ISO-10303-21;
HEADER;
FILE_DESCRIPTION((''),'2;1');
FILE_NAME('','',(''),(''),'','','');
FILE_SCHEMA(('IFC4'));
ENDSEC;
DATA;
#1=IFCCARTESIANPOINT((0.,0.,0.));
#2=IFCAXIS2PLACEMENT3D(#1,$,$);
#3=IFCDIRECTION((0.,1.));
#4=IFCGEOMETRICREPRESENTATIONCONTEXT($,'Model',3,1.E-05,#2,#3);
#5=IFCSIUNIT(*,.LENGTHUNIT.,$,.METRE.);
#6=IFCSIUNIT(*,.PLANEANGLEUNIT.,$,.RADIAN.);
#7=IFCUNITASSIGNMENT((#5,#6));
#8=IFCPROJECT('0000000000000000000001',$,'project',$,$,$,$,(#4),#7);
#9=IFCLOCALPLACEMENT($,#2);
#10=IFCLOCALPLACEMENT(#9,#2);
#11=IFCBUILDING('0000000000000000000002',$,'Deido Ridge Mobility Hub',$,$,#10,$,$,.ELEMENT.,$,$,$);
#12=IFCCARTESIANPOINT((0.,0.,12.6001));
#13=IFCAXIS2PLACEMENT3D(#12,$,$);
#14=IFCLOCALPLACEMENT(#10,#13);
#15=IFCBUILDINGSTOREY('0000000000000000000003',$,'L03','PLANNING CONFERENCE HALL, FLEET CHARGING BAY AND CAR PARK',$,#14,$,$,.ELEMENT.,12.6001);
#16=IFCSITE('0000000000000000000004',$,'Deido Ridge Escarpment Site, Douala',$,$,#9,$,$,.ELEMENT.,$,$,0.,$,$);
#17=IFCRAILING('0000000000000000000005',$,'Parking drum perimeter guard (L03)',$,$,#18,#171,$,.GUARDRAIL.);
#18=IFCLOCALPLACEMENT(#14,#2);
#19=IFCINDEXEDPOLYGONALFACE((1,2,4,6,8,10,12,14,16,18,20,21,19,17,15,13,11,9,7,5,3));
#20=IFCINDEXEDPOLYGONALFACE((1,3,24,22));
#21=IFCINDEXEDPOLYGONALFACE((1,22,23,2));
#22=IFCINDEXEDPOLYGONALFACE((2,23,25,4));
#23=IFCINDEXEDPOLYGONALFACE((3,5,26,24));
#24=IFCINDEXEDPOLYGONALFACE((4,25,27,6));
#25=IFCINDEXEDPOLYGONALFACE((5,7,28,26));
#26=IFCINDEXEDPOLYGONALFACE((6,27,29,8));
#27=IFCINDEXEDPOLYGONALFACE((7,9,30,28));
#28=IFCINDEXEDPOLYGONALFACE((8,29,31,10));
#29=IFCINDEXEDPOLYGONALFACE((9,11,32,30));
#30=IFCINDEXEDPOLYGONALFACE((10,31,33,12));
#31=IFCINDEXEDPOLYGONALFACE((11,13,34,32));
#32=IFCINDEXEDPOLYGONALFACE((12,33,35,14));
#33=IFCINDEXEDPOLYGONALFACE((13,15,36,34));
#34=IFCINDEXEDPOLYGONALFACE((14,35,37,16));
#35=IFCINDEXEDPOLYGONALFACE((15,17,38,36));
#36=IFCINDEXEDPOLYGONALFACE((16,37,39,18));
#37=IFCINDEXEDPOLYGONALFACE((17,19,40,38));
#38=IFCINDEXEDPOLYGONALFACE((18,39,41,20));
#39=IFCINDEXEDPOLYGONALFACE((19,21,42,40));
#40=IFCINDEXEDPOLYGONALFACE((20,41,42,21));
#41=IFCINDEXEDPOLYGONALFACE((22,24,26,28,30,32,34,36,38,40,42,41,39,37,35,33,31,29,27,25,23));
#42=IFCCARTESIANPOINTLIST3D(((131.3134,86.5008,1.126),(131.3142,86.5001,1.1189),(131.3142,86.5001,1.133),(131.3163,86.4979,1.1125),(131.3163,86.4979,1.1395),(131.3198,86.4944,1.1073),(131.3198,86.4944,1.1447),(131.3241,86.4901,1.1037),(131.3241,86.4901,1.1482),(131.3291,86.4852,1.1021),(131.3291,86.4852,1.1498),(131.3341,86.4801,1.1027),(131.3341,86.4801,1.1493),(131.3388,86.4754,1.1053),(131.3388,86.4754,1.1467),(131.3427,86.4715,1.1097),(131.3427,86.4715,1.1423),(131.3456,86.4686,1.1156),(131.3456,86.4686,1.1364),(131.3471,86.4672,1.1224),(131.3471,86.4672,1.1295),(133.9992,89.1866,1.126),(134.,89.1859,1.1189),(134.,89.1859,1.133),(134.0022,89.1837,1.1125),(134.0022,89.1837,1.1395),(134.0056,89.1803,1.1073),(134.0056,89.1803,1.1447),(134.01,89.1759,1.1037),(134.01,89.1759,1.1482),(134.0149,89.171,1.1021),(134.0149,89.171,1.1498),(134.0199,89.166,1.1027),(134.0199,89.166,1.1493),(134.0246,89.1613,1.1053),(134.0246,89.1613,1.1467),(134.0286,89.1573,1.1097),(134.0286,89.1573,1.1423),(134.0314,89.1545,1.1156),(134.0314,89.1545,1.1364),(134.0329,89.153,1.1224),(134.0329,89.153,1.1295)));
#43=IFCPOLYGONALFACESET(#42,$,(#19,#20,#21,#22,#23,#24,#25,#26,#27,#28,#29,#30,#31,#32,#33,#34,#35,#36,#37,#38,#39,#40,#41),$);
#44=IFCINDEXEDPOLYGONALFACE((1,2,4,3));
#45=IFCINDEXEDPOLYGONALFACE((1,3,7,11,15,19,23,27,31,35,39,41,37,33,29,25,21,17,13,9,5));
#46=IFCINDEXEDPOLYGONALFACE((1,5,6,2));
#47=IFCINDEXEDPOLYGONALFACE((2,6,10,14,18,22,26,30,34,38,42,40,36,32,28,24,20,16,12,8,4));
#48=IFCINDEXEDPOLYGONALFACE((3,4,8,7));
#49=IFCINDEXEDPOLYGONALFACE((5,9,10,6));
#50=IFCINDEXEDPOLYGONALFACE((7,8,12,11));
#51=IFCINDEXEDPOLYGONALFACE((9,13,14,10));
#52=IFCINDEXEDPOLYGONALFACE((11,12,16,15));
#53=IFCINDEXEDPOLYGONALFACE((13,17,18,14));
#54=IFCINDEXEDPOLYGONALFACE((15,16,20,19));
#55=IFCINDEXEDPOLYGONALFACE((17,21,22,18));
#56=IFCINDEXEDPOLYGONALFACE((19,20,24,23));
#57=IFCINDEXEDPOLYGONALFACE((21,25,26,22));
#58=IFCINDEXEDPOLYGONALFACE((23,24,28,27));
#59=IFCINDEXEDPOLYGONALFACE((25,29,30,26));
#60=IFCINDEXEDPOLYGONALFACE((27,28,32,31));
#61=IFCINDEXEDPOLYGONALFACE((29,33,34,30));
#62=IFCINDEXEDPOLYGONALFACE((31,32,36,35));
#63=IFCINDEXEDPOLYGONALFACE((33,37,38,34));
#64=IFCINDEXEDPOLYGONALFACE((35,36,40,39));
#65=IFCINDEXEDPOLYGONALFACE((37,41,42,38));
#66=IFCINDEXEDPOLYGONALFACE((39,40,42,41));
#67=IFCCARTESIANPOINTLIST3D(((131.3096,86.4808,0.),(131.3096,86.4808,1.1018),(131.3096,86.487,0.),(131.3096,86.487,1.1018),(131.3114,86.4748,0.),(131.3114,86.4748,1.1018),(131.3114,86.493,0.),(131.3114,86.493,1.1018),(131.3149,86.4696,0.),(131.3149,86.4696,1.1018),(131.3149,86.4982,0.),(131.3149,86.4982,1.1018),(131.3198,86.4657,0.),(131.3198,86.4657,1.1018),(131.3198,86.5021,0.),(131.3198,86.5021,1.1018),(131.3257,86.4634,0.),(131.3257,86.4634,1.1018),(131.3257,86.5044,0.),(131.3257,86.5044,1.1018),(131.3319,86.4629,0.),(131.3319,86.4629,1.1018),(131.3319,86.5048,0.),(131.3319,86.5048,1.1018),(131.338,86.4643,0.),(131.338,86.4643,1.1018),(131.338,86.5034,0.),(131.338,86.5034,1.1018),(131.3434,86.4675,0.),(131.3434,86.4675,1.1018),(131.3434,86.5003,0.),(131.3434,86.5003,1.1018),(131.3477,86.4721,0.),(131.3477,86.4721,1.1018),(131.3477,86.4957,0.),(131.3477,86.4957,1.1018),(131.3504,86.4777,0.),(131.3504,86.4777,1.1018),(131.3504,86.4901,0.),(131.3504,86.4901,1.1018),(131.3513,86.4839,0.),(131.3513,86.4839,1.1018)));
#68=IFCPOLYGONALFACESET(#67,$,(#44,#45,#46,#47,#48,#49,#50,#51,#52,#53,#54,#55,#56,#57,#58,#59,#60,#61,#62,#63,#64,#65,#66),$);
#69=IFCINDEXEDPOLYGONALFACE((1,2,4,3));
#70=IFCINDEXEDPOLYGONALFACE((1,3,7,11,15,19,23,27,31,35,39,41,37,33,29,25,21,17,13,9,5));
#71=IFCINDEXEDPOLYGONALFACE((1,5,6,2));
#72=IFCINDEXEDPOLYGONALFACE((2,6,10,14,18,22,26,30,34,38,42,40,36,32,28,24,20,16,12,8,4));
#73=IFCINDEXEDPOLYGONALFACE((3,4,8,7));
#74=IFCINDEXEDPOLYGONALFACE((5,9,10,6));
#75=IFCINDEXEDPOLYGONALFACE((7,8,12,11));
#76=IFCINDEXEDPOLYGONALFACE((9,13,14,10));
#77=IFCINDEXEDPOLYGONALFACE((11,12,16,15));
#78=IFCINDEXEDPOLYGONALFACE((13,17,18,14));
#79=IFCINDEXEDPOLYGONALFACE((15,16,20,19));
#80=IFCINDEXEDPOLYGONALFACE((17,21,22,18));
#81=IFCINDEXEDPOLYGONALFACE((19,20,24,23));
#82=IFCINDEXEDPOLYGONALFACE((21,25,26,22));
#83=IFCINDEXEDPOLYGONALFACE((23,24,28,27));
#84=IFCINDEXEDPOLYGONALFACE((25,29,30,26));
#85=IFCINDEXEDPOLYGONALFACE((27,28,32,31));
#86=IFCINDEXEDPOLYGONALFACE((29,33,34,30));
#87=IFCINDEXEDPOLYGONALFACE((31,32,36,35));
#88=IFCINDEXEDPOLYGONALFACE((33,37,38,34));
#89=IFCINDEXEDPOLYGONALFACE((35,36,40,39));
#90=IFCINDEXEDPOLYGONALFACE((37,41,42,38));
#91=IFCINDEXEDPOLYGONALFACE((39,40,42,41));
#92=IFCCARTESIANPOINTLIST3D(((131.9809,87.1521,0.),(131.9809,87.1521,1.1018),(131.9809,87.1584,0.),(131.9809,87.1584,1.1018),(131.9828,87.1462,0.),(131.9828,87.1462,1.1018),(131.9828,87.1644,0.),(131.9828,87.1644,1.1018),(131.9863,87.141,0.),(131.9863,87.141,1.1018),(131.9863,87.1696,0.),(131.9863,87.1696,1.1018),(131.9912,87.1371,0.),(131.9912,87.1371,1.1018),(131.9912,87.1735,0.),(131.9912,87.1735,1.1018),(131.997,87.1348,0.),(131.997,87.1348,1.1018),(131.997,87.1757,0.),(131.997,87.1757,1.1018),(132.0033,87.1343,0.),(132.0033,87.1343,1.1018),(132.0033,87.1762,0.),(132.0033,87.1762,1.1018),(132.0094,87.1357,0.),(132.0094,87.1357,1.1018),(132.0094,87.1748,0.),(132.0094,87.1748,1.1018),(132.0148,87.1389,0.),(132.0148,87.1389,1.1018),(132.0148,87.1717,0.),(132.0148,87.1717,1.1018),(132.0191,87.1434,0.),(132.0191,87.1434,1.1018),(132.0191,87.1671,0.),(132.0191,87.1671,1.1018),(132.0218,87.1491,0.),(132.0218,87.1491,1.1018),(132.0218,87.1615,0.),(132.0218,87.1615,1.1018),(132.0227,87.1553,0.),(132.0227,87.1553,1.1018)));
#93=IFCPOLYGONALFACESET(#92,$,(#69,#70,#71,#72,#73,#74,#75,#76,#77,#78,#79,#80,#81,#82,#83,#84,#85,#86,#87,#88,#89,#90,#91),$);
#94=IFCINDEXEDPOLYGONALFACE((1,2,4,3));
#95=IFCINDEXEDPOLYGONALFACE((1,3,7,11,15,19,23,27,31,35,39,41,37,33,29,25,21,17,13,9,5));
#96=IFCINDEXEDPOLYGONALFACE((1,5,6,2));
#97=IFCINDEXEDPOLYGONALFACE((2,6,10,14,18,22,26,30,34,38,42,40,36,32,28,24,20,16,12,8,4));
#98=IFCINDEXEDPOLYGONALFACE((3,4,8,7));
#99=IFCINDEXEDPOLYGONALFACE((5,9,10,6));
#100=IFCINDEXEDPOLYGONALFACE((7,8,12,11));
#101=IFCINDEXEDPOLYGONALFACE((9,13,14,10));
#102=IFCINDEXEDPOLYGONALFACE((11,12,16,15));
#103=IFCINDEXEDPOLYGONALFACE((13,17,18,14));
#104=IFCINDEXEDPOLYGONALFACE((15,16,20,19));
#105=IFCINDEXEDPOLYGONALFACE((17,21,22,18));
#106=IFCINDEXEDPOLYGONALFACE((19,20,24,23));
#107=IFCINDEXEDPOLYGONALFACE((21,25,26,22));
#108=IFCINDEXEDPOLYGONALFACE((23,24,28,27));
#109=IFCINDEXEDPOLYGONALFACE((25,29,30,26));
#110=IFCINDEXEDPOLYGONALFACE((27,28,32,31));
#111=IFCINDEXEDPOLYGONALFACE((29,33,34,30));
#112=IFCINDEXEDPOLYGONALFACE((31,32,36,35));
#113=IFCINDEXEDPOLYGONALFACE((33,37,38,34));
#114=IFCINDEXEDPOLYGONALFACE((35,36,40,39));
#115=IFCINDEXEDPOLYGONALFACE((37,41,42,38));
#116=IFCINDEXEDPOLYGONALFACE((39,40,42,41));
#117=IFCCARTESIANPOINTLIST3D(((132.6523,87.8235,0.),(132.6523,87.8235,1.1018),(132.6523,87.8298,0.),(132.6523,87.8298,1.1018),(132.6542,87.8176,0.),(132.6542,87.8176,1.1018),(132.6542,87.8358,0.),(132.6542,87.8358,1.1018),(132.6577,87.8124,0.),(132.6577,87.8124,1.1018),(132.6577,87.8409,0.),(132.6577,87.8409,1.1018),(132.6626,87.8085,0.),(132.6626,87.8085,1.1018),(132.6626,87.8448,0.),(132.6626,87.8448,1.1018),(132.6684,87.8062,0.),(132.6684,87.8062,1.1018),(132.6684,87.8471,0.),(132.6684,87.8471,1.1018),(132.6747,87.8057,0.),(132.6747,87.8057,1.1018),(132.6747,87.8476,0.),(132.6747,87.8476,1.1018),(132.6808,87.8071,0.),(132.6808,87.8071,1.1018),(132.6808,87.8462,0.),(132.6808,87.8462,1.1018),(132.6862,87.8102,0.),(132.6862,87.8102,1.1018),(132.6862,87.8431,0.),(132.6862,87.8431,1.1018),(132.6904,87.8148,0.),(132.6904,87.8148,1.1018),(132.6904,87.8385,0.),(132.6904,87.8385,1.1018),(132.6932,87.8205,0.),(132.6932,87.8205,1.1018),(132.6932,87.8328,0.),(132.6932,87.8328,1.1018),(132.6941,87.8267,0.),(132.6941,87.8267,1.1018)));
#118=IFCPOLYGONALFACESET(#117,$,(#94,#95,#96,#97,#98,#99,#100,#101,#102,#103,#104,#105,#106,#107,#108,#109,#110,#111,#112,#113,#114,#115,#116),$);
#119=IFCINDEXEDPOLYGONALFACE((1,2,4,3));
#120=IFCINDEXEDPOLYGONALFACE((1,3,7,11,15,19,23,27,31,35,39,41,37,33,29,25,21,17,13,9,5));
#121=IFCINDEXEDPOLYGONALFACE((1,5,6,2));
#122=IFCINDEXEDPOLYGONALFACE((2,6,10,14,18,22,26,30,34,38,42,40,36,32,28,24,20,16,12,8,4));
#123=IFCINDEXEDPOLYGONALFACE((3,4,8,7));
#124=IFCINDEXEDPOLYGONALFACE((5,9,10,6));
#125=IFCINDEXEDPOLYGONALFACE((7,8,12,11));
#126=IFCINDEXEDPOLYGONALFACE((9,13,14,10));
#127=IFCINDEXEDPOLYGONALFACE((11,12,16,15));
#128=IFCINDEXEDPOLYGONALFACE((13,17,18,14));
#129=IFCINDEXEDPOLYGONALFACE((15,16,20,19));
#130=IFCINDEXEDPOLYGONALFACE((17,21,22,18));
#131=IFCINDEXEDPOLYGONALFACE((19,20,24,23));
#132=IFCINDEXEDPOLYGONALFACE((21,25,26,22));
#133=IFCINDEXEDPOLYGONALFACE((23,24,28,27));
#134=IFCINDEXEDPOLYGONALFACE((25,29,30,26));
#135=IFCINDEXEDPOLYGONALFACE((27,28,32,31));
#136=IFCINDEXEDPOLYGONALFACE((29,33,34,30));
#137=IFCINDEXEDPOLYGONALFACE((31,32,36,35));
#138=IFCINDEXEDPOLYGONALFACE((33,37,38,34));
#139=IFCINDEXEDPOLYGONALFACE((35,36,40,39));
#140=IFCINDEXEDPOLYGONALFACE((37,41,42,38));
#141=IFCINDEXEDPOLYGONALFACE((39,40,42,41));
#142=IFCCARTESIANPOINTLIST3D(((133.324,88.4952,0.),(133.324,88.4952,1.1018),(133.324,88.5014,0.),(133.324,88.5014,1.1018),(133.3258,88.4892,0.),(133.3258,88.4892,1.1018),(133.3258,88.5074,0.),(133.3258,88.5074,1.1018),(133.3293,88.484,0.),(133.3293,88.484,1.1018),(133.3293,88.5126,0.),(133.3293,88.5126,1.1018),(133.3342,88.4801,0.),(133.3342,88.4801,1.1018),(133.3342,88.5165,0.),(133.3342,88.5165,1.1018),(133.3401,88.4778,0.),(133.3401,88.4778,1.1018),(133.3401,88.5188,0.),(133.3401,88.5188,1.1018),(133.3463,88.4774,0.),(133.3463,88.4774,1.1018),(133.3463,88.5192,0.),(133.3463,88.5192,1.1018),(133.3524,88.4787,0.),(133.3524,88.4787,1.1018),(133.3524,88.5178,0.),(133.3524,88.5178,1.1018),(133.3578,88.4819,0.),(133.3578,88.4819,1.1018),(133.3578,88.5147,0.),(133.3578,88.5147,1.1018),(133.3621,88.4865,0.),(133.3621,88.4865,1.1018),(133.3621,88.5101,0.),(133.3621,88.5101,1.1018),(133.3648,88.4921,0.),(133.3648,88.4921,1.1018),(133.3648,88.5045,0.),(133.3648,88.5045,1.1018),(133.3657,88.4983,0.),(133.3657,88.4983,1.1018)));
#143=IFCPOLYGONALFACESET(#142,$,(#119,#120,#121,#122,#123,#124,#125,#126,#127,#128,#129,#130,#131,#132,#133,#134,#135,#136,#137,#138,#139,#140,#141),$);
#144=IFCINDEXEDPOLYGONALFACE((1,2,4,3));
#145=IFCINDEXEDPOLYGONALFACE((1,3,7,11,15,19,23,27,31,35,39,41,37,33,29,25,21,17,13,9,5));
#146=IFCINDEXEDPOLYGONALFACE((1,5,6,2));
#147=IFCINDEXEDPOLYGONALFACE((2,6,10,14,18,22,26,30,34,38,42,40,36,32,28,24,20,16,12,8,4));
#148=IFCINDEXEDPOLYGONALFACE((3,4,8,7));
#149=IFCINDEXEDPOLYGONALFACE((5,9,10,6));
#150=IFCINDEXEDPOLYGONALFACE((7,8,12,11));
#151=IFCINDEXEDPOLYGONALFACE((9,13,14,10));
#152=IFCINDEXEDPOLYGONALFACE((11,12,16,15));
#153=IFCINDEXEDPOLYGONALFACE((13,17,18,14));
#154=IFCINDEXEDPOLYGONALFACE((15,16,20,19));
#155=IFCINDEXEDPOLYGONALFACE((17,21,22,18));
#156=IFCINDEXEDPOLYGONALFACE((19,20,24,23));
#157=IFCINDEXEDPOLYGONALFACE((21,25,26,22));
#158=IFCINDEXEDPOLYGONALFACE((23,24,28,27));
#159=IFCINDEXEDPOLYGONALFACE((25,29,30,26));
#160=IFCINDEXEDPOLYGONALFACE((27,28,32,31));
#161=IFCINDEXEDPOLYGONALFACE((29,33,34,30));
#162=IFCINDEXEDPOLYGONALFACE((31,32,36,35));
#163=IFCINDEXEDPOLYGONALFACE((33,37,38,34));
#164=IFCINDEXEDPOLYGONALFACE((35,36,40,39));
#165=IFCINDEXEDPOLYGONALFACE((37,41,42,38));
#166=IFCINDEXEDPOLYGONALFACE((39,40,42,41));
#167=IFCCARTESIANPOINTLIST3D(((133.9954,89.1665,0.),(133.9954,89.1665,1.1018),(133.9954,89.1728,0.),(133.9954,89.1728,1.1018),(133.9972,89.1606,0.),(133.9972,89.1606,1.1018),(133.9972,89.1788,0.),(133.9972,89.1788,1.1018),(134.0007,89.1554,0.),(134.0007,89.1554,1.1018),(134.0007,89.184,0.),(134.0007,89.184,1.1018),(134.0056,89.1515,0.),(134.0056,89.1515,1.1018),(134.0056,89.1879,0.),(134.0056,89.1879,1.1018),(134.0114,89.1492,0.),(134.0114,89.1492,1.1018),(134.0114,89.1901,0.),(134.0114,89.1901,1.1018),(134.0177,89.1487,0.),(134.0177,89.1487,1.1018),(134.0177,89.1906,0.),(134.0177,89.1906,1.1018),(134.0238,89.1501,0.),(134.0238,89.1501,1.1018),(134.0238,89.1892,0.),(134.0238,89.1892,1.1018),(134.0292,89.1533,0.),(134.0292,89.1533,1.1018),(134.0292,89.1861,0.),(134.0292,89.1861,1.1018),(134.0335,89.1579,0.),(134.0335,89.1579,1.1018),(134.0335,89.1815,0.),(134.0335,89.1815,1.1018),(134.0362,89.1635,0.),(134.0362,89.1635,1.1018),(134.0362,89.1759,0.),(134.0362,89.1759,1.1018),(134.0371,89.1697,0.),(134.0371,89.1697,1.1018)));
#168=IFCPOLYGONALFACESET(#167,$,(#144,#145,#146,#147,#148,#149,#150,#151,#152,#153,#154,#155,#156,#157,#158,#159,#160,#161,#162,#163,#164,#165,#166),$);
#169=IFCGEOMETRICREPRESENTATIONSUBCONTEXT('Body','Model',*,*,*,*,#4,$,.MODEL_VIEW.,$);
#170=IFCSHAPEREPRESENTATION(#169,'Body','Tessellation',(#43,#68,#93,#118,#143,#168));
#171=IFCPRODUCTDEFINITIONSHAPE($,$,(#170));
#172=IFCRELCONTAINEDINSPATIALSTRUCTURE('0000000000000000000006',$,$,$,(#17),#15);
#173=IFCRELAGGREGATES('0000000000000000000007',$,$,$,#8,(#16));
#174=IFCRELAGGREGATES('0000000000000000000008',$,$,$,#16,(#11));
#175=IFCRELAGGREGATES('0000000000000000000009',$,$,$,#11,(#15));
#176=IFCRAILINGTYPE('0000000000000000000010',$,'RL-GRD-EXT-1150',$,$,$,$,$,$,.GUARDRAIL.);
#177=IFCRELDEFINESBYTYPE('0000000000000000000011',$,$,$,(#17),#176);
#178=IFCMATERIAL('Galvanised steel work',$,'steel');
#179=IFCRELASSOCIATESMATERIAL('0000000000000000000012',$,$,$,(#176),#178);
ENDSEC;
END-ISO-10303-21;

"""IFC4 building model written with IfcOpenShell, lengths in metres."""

from ifc_helpers import new_model, si_unit, direction, frame, origin, origin_2d, place, context, subcontext, project, spatial, circle, extrude, material, type_object, element, save


model = new_model("IFC4")

# Units and contexts
model_context = context("Model", 3, precision=1e-05, world=origin(), true_north=direction((0.0, 1.0)))
body_context = subcontext(model_context, "Body", "Model", "MODEL_VIEW")
ifc_project = project(units=[si_unit("LENGTHUNIT", "METRE"), si_unit("PLANEANGLEUNIT", "RADIAN")], contexts=[model_context])

# Site, building, storey
site_placement = place(None, origin())
site = spatial("IfcSite", under=ifc_project, at=site_placement, Name="Deido Ridge Escarpment Site, Douala", CompositionType="ELEMENT", RefElevation=0.0)
building_placement = place(site_placement, origin())
building = spatial("IfcBuilding", under=site, at=building_placement, Name="Deido Ridge Mobility Hub", CompositionType="ELEMENT")
storey_placement = place(building_placement, frame((0.0, 0.0, 12.6001)))
storey = spatial("IfcBuildingStorey", under=building, at=storey_placement, Name="L03", Description="PLANNING CONFERENCE HALL, FLEET CHARGING BAY AND CAR PARK", CompositionType="ELEMENT", Elevation=12.6001)

# Railing
ifc_material_1 = material(Name="Galvanised steel work", Category="steel")
railing_type = type_object("IfcRailingType", Name="RL-GRD-EXT-1150", PredefinedType="GUARDRAIL", material=ifc_material_1)
railing_1_placement = place(storey_placement, frame((131.3303, 86.4839, 0.0)))
element("IfcRailing", 1, at=railing_1_placement, inside=storey, type_object=railing_type, Name="Parking drum perimeter guard (L03)", PredefinedType="GUARDRAIL", context=body_context, shape_type="SweptSolid", body=[
    extrude(circle(Radius=0.0239, at=origin_2d()), frame((0.0, 0.0, 1.126), z_axis=(0.707107, 0.707107, 0.0), x_axis=(-0.707107, 0.707107, 0.0)), (0.0, 0.0, 1.0), 3.7983),
    extrude(circle(Radius=0.021, at=origin_2d()), origin(), (0.0, 0.0, 1.0), 1.1018),
    extrude(circle(Radius=0.021, at=origin_2d()), frame((0.6714, 0.6714, 0.0)), (0.0, 0.0, 1.0), 1.1018),
    extrude(circle(Radius=0.021, at=origin_2d()), frame((1.3428, 1.3428, 0.0)), (0.0, 0.0, 1.0), 1.1018),
    extrude(circle(Radius=0.021, at=origin_2d()), frame((2.0144, 2.0144, 0.0)), (0.0, 0.0, 1.0), 1.1018),
    extrude(circle(Radius=0.021, at=origin_2d()), frame((2.6858, 2.6858, 0.0)), (0.0, 0.0, 1.0), 1.1018),
])

save(model, "model.ifc")
